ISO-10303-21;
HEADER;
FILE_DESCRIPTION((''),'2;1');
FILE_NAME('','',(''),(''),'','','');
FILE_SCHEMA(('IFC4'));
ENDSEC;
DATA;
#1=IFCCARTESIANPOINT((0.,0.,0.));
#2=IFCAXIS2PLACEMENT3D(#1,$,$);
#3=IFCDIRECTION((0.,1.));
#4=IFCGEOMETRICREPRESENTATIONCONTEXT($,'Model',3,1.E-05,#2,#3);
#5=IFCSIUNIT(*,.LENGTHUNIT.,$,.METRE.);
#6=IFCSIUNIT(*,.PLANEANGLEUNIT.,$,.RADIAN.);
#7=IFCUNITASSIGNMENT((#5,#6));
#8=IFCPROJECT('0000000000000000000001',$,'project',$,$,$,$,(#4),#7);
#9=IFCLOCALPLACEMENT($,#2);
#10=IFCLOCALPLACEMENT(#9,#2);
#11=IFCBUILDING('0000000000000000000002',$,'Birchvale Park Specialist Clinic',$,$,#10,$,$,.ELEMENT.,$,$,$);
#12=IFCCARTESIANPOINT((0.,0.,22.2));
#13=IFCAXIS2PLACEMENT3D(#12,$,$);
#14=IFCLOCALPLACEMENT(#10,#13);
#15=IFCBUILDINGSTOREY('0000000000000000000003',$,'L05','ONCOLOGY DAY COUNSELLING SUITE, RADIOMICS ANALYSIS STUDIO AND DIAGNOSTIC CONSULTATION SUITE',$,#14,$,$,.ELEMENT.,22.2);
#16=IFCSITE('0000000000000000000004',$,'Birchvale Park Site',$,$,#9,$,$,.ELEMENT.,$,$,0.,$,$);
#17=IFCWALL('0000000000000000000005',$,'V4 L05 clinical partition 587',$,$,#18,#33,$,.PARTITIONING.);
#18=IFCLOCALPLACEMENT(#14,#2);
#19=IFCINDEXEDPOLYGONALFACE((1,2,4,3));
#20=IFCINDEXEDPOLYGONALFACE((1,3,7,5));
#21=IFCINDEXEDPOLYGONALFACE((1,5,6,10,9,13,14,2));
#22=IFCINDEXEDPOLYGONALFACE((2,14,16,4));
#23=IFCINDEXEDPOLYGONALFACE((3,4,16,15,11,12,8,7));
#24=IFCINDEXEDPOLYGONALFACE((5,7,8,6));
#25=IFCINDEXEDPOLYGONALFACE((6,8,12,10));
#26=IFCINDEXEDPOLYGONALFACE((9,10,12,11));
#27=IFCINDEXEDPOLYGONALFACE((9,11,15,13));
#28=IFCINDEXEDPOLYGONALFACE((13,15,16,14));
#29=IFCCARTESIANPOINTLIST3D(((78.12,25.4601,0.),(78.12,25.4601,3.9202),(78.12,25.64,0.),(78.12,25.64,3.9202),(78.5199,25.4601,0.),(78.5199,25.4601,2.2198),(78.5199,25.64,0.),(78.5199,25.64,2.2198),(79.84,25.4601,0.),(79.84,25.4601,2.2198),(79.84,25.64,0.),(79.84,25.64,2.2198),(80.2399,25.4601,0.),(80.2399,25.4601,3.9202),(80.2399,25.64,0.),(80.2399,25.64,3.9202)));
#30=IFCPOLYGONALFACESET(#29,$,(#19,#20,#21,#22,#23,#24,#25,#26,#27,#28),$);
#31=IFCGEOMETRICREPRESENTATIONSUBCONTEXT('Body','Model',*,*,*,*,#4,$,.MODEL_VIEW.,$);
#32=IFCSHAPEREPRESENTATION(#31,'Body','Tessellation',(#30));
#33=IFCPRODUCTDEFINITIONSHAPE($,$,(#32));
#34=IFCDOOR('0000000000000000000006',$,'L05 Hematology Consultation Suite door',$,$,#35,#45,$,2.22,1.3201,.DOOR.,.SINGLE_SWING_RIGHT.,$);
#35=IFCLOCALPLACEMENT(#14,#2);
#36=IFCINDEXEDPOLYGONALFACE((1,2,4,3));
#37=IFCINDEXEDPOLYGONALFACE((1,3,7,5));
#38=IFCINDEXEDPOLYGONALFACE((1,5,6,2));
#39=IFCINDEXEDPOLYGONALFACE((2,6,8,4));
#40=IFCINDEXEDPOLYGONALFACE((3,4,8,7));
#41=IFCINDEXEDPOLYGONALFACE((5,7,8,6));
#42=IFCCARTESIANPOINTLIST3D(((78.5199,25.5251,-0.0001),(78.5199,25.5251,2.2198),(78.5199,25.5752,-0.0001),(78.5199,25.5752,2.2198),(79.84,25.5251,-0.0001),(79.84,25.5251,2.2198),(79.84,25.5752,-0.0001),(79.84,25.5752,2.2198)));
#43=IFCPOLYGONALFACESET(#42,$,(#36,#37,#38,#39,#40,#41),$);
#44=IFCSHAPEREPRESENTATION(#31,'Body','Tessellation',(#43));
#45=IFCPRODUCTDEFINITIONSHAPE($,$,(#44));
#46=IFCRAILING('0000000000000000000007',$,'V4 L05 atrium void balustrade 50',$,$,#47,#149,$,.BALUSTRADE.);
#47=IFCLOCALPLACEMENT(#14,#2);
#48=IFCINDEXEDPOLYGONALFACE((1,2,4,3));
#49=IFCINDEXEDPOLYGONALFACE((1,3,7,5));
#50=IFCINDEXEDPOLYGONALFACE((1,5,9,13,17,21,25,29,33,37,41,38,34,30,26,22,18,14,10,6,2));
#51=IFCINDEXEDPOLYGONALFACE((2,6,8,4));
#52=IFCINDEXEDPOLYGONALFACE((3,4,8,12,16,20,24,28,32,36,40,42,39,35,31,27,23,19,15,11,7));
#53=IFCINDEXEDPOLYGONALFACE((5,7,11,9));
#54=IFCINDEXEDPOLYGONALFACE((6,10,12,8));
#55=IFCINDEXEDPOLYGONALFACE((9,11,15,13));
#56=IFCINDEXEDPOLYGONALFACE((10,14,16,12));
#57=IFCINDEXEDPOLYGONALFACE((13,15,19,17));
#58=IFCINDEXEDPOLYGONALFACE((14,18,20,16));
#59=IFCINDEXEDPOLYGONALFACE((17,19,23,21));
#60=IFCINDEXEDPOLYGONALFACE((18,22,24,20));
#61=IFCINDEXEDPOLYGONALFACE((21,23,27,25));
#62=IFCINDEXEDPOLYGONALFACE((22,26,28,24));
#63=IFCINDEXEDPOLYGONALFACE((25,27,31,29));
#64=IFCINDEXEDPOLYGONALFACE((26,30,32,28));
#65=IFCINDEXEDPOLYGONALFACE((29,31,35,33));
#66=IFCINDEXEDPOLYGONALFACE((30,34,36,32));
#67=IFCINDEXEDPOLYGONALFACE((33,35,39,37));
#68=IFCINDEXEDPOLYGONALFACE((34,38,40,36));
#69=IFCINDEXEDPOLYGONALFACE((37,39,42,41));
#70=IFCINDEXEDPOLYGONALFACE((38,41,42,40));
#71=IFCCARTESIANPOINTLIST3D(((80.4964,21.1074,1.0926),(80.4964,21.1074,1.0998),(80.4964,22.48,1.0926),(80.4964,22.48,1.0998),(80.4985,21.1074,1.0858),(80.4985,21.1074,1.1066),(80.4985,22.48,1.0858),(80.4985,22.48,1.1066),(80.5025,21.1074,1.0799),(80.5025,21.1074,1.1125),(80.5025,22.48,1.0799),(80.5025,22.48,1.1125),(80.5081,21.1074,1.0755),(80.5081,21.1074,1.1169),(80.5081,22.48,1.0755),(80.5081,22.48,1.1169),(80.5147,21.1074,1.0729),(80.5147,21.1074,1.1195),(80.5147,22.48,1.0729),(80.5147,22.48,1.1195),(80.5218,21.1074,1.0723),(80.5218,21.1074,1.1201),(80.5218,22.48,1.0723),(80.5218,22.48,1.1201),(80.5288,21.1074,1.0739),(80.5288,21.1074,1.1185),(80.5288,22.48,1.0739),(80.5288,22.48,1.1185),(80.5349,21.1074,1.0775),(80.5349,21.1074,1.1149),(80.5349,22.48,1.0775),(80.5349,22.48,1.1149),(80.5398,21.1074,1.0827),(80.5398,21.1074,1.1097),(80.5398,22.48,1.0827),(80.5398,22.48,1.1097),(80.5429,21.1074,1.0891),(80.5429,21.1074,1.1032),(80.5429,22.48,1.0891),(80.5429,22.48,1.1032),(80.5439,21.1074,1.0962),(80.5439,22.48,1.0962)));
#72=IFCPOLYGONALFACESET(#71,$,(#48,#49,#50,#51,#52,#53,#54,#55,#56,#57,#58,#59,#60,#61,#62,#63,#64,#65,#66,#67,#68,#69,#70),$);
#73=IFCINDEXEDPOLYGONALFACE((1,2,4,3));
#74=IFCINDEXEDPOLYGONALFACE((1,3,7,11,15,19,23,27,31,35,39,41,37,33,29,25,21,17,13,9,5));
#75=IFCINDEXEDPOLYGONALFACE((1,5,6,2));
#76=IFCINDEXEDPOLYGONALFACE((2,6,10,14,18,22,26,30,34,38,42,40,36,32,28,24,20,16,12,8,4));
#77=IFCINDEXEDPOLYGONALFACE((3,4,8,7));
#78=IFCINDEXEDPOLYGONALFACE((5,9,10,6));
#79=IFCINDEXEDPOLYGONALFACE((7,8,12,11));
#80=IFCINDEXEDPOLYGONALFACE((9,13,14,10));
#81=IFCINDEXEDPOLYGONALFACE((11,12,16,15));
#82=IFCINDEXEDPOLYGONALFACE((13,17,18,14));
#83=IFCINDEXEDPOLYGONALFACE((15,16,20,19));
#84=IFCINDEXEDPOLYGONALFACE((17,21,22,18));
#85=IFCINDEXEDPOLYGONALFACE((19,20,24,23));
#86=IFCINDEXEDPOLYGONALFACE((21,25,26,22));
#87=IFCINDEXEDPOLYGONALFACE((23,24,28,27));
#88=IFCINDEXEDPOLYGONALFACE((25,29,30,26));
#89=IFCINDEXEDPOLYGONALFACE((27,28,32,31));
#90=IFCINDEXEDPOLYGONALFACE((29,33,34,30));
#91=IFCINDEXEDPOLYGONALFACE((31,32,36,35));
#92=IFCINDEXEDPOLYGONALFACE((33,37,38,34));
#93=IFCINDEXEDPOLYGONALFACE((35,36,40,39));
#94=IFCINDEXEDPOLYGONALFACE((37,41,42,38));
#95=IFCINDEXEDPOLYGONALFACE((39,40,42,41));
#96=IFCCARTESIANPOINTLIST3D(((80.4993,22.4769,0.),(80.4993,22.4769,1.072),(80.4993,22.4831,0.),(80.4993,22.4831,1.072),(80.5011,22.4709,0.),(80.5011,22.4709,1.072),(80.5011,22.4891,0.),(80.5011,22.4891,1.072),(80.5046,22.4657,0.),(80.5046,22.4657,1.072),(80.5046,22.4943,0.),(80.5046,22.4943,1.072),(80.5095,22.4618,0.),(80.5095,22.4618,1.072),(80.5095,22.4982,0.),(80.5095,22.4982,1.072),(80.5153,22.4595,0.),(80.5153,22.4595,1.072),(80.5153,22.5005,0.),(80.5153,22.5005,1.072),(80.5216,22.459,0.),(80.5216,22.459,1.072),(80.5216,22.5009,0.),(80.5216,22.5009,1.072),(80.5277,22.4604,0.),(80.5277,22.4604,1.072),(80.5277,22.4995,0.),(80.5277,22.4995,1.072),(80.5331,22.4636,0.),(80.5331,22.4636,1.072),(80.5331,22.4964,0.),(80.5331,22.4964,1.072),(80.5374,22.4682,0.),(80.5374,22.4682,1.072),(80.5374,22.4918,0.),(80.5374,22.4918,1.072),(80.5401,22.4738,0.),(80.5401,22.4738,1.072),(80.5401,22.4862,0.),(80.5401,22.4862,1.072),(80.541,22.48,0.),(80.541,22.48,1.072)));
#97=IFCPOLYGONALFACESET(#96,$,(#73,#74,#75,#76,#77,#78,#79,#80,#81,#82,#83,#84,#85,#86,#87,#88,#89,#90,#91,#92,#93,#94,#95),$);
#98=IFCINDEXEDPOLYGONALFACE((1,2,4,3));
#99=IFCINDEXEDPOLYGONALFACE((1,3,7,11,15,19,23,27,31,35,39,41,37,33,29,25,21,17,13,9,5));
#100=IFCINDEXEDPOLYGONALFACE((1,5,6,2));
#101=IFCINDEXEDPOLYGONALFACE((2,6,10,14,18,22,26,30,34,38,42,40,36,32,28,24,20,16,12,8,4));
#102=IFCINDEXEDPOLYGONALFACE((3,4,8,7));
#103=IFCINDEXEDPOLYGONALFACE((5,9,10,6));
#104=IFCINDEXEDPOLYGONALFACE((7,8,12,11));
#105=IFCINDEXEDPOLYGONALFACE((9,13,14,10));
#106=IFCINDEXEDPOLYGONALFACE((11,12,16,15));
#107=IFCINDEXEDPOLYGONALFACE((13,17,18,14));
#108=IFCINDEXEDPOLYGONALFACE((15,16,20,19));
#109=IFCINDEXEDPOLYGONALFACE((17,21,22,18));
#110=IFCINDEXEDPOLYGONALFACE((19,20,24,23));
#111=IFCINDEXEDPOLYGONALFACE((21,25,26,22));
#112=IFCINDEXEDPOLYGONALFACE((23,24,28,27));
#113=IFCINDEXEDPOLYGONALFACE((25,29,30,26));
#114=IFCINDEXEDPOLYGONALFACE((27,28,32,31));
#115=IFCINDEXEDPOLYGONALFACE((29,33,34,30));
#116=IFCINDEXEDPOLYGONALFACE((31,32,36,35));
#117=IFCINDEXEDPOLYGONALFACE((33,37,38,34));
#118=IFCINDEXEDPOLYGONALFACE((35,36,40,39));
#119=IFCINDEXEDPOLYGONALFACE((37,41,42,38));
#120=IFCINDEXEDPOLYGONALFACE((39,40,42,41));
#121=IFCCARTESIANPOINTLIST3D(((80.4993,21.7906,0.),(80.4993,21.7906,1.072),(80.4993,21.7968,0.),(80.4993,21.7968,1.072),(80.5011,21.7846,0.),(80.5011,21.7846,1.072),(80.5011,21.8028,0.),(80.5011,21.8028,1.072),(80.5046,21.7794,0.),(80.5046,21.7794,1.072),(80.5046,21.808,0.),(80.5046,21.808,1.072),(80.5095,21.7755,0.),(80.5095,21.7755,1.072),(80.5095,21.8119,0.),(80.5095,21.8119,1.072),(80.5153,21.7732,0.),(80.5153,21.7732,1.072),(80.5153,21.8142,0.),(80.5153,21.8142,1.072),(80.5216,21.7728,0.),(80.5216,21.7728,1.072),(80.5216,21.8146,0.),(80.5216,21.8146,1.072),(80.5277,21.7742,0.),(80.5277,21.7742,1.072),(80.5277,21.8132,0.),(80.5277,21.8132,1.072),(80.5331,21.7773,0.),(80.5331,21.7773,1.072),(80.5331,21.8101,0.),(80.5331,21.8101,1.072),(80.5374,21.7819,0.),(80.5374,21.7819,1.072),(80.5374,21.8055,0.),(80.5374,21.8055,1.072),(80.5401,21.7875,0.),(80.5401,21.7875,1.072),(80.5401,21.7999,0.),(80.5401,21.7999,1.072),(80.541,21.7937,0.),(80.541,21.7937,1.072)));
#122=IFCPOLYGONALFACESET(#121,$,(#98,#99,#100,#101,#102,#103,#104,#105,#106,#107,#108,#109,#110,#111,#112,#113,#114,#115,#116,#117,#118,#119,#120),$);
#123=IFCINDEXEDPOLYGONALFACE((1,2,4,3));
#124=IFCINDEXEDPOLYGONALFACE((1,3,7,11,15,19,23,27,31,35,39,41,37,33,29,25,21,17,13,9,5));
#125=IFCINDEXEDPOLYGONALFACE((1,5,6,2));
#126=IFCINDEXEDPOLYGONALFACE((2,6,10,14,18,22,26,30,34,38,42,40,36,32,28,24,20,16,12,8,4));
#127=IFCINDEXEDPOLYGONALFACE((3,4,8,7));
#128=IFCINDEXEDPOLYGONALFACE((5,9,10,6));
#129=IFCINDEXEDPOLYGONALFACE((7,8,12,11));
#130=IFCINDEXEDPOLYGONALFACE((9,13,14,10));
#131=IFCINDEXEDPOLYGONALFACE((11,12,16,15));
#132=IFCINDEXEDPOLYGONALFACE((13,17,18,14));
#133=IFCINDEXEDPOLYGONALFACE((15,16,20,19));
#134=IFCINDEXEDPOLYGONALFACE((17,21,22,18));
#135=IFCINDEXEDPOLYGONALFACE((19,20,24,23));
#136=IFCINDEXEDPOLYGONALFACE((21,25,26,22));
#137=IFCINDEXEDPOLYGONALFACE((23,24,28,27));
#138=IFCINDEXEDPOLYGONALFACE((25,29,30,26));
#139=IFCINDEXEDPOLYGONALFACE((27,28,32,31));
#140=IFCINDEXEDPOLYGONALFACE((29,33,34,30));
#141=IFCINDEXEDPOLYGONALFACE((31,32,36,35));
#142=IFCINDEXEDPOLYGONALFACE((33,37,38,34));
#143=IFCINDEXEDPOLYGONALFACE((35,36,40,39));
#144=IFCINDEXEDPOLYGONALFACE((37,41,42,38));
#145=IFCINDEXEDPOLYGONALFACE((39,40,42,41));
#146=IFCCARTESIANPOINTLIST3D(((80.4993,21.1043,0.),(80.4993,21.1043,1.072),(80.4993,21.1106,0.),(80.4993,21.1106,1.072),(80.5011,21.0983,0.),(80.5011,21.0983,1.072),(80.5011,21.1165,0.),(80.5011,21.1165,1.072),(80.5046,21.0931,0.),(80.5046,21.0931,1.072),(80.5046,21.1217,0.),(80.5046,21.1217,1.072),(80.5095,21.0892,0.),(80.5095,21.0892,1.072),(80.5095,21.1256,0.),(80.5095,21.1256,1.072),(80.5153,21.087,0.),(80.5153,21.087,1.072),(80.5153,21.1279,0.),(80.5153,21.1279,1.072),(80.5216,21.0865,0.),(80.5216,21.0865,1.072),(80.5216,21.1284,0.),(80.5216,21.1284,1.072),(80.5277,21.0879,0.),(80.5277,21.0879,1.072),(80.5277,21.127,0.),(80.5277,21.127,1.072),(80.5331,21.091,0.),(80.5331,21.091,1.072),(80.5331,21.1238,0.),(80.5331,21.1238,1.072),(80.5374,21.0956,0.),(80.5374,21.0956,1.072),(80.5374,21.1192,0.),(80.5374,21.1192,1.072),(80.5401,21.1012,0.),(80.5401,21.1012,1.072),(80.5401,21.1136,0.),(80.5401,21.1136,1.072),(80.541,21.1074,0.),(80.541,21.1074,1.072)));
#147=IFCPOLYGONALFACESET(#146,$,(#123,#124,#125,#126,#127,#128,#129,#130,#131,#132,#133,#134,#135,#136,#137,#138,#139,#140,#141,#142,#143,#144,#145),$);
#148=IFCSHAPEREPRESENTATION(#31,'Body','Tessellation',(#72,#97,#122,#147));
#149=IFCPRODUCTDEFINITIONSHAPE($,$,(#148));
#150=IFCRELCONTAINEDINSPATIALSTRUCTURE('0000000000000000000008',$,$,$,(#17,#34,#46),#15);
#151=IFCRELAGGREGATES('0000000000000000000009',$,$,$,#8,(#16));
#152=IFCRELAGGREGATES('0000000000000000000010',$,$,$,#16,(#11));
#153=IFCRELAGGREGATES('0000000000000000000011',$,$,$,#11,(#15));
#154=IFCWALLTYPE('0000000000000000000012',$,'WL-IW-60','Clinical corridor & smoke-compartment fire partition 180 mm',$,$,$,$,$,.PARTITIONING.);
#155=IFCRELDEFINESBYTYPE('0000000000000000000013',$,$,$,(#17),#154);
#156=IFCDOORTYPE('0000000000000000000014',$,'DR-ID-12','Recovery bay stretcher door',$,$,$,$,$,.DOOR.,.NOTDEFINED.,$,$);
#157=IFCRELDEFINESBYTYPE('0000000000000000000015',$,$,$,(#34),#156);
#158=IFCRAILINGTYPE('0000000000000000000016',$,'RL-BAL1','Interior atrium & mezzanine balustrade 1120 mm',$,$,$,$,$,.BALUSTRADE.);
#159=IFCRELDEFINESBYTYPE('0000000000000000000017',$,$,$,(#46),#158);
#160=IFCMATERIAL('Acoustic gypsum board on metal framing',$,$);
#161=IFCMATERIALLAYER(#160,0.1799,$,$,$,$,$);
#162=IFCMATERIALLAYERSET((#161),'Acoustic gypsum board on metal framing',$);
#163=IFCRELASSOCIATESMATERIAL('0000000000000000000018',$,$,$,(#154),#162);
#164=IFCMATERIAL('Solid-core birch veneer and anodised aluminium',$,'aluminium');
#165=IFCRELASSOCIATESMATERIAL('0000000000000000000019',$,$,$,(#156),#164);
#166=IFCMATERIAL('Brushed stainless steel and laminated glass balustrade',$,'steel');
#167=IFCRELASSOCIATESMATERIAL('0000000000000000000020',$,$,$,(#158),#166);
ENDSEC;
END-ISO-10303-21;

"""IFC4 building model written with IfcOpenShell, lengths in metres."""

from ifc_helpers import new_model, si_unit, direction, frame, frame_2d, origin, origin_2d, place, context, subcontext, project, spatial, rectangle, circle, extrude, material, layer, layer_set, type_object, element, fill, save


model = new_model("IFC4")

# Units and contexts
model_context = context("Model", 3, precision=1e-05, world=origin(), true_north=direction((0.0, 1.0)))
body_context = subcontext(model_context, "Body", "Model", "MODEL_VIEW")
ifc_project = project(units=[si_unit("LENGTHUNIT", "METRE"), si_unit("PLANEANGLEUNIT", "RADIAN")], contexts=[model_context])

# Site, building, storey
site_placement = place(None, origin())
site = spatial("IfcSite", under=ifc_project, at=site_placement, Name="Birchvale Park Site", CompositionType="ELEMENT", RefElevation=0.0)
building_placement = place(site_placement, origin())
building = spatial("IfcBuilding", under=site, at=building_placement, Name="Birchvale Park Specialist Clinic", CompositionType="ELEMENT")
storey_placement = place(building_placement, frame((0.0, 0.0, 22.2)))
storey = spatial("IfcBuildingStorey", under=building, at=storey_placement, Name="L05", Description="ONCOLOGY DAY COUNSELLING SUITE, RADIOMICS ANALYSIS STUDIO AND DIAGNOSTIC CONSULTATION SUITE", CompositionType="ELEMENT", Elevation=22.2)

# Shared definitions
ifc_material_1 = material(Name="Acoustic gypsum board on metal framing")

# Wall, opening, door
ifc_layer_1 = layer(ifc_material_1, 0.1799)
ifc_layer_set_1 = layer_set([ifc_layer_1], Name="Acoustic gypsum board on metal framing")
wall_type_1 = type_object("IfcWallType", Name="WL-IW-60", Description="Clinical corridor & smoke-compartment fire partition 180 mm", PredefinedType="PARTITIONING", material=ifc_layer_set_1)
ifc_material_2 = material(Name="Solid-core birch veneer and anodised aluminium", Category="aluminium")
wall_1_placement = place(storey_placement, frame((80.24, 25.55, 0.0), z_axis=(0.0, 0.0, 1.0), x_axis=(-1.0, 0.0, 0.0)))
wall_1 = element("IfcWall", 1, at=wall_1_placement, inside=storey, type_object=wall_type_1, Name="V4 L05 clinical partition 587", PredefinedType="PARTITIONING", context=body_context, shape_type="SweptSolid", body=[
    extrude(rectangle(XDim=2.1199, YDim=0.1799, at=frame_2d((1.0601, 0.0))), origin(), (0.0, 0.0, 1.0), 3.9202),
])
opening_1_placement = place(wall_1_placement, frame((0.3999, 0.0, 0.0)))
opening_1 = element("IfcOpeningElement", 2, at=opening_1_placement, cuts=wall_1, PredefinedType="OPENING", context=body_context, shape_type="SweptSolid", body=[
    extrude(rectangle(XDim=1.3201, YDim=2.22, at=frame_2d((0.6602, 1.1099))), frame((0.0, 0.1001, 0.0), z_axis=(0.0, -1.0, 0.0), x_axis=(1.0, 0.0, 0.0)), (0.0, 0.0, 1.0), 0.2),
])
door_type_1 = type_object("IfcDoorType", Name="DR-ID-12", Description="Recovery bay stretcher door", OperationType="NOTDEFINED", PredefinedType="DOOR", material=ifc_material_2)
door_1_placement = place(opening_1_placement, origin())
door_1 = element("IfcDoor", 3, at=door_1_placement, inside=storey, type_object=door_type_1, Name="L05 Hematology Consultation Suite door", OperationType="SINGLE_SWING_RIGHT", OverallHeight=2.22, OverallWidth=1.3201, PredefinedType="DOOR", context=body_context, shape_type="SweptSolid", body=[
    extrude(rectangle(XDim=1.3201, YDim=2.22, at=frame_2d((0.6602, 1.1099))), frame((0.0, 0.0249, 0.0), z_axis=(0.0, -1.0, 0.0), x_axis=(1.0, 0.0, 0.0)), (0.0, 0.0, 1.0), 0.05),
])
fill(opening_1, door_1)

# Railing
ifc_material_3 = material(Name="Brushed stainless steel and laminated glass balustrade", Category="steel")
railing_type = type_object("IfcRailingType", Name="RL-BAL1", Description="Interior atrium & mezzanine balustrade 1120 mm", PredefinedType="BALUSTRADE", material=ifc_material_3)
railing_1_placement = place(storey_placement, frame((80.52, 22.48, 0.0)))
element("IfcRailing", 4, at=railing_1_placement, inside=storey, type_object=railing_type, Name="V4 L05 atrium void balustrade 50", PredefinedType="BALUSTRADE", context=body_context, shape_type="SweptSolid", body=[
    extrude(circle(Radius=0.0239, at=origin_2d()), frame((0.0, 0.0, 1.0962), z_axis=(0.0, -1.0, 0.0), x_axis=(1.0, 0.0, 0.0)), (0.0, 0.0, 1.0), 1.3726),
    extrude(circle(Radius=0.021, at=origin_2d()), origin(), (0.0, 0.0, 1.0), 1.072),
    extrude(circle(Radius=0.021, at=origin_2d()), frame((0.0, -0.6863, 0.0)), (0.0, 0.0, 1.0), 1.072),
    extrude(circle(Radius=0.021, at=origin_2d()), frame((0.0, -1.3726, 0.0)), (0.0, 0.0, 1.0), 1.072),
])

save(model, "model.ifc")
